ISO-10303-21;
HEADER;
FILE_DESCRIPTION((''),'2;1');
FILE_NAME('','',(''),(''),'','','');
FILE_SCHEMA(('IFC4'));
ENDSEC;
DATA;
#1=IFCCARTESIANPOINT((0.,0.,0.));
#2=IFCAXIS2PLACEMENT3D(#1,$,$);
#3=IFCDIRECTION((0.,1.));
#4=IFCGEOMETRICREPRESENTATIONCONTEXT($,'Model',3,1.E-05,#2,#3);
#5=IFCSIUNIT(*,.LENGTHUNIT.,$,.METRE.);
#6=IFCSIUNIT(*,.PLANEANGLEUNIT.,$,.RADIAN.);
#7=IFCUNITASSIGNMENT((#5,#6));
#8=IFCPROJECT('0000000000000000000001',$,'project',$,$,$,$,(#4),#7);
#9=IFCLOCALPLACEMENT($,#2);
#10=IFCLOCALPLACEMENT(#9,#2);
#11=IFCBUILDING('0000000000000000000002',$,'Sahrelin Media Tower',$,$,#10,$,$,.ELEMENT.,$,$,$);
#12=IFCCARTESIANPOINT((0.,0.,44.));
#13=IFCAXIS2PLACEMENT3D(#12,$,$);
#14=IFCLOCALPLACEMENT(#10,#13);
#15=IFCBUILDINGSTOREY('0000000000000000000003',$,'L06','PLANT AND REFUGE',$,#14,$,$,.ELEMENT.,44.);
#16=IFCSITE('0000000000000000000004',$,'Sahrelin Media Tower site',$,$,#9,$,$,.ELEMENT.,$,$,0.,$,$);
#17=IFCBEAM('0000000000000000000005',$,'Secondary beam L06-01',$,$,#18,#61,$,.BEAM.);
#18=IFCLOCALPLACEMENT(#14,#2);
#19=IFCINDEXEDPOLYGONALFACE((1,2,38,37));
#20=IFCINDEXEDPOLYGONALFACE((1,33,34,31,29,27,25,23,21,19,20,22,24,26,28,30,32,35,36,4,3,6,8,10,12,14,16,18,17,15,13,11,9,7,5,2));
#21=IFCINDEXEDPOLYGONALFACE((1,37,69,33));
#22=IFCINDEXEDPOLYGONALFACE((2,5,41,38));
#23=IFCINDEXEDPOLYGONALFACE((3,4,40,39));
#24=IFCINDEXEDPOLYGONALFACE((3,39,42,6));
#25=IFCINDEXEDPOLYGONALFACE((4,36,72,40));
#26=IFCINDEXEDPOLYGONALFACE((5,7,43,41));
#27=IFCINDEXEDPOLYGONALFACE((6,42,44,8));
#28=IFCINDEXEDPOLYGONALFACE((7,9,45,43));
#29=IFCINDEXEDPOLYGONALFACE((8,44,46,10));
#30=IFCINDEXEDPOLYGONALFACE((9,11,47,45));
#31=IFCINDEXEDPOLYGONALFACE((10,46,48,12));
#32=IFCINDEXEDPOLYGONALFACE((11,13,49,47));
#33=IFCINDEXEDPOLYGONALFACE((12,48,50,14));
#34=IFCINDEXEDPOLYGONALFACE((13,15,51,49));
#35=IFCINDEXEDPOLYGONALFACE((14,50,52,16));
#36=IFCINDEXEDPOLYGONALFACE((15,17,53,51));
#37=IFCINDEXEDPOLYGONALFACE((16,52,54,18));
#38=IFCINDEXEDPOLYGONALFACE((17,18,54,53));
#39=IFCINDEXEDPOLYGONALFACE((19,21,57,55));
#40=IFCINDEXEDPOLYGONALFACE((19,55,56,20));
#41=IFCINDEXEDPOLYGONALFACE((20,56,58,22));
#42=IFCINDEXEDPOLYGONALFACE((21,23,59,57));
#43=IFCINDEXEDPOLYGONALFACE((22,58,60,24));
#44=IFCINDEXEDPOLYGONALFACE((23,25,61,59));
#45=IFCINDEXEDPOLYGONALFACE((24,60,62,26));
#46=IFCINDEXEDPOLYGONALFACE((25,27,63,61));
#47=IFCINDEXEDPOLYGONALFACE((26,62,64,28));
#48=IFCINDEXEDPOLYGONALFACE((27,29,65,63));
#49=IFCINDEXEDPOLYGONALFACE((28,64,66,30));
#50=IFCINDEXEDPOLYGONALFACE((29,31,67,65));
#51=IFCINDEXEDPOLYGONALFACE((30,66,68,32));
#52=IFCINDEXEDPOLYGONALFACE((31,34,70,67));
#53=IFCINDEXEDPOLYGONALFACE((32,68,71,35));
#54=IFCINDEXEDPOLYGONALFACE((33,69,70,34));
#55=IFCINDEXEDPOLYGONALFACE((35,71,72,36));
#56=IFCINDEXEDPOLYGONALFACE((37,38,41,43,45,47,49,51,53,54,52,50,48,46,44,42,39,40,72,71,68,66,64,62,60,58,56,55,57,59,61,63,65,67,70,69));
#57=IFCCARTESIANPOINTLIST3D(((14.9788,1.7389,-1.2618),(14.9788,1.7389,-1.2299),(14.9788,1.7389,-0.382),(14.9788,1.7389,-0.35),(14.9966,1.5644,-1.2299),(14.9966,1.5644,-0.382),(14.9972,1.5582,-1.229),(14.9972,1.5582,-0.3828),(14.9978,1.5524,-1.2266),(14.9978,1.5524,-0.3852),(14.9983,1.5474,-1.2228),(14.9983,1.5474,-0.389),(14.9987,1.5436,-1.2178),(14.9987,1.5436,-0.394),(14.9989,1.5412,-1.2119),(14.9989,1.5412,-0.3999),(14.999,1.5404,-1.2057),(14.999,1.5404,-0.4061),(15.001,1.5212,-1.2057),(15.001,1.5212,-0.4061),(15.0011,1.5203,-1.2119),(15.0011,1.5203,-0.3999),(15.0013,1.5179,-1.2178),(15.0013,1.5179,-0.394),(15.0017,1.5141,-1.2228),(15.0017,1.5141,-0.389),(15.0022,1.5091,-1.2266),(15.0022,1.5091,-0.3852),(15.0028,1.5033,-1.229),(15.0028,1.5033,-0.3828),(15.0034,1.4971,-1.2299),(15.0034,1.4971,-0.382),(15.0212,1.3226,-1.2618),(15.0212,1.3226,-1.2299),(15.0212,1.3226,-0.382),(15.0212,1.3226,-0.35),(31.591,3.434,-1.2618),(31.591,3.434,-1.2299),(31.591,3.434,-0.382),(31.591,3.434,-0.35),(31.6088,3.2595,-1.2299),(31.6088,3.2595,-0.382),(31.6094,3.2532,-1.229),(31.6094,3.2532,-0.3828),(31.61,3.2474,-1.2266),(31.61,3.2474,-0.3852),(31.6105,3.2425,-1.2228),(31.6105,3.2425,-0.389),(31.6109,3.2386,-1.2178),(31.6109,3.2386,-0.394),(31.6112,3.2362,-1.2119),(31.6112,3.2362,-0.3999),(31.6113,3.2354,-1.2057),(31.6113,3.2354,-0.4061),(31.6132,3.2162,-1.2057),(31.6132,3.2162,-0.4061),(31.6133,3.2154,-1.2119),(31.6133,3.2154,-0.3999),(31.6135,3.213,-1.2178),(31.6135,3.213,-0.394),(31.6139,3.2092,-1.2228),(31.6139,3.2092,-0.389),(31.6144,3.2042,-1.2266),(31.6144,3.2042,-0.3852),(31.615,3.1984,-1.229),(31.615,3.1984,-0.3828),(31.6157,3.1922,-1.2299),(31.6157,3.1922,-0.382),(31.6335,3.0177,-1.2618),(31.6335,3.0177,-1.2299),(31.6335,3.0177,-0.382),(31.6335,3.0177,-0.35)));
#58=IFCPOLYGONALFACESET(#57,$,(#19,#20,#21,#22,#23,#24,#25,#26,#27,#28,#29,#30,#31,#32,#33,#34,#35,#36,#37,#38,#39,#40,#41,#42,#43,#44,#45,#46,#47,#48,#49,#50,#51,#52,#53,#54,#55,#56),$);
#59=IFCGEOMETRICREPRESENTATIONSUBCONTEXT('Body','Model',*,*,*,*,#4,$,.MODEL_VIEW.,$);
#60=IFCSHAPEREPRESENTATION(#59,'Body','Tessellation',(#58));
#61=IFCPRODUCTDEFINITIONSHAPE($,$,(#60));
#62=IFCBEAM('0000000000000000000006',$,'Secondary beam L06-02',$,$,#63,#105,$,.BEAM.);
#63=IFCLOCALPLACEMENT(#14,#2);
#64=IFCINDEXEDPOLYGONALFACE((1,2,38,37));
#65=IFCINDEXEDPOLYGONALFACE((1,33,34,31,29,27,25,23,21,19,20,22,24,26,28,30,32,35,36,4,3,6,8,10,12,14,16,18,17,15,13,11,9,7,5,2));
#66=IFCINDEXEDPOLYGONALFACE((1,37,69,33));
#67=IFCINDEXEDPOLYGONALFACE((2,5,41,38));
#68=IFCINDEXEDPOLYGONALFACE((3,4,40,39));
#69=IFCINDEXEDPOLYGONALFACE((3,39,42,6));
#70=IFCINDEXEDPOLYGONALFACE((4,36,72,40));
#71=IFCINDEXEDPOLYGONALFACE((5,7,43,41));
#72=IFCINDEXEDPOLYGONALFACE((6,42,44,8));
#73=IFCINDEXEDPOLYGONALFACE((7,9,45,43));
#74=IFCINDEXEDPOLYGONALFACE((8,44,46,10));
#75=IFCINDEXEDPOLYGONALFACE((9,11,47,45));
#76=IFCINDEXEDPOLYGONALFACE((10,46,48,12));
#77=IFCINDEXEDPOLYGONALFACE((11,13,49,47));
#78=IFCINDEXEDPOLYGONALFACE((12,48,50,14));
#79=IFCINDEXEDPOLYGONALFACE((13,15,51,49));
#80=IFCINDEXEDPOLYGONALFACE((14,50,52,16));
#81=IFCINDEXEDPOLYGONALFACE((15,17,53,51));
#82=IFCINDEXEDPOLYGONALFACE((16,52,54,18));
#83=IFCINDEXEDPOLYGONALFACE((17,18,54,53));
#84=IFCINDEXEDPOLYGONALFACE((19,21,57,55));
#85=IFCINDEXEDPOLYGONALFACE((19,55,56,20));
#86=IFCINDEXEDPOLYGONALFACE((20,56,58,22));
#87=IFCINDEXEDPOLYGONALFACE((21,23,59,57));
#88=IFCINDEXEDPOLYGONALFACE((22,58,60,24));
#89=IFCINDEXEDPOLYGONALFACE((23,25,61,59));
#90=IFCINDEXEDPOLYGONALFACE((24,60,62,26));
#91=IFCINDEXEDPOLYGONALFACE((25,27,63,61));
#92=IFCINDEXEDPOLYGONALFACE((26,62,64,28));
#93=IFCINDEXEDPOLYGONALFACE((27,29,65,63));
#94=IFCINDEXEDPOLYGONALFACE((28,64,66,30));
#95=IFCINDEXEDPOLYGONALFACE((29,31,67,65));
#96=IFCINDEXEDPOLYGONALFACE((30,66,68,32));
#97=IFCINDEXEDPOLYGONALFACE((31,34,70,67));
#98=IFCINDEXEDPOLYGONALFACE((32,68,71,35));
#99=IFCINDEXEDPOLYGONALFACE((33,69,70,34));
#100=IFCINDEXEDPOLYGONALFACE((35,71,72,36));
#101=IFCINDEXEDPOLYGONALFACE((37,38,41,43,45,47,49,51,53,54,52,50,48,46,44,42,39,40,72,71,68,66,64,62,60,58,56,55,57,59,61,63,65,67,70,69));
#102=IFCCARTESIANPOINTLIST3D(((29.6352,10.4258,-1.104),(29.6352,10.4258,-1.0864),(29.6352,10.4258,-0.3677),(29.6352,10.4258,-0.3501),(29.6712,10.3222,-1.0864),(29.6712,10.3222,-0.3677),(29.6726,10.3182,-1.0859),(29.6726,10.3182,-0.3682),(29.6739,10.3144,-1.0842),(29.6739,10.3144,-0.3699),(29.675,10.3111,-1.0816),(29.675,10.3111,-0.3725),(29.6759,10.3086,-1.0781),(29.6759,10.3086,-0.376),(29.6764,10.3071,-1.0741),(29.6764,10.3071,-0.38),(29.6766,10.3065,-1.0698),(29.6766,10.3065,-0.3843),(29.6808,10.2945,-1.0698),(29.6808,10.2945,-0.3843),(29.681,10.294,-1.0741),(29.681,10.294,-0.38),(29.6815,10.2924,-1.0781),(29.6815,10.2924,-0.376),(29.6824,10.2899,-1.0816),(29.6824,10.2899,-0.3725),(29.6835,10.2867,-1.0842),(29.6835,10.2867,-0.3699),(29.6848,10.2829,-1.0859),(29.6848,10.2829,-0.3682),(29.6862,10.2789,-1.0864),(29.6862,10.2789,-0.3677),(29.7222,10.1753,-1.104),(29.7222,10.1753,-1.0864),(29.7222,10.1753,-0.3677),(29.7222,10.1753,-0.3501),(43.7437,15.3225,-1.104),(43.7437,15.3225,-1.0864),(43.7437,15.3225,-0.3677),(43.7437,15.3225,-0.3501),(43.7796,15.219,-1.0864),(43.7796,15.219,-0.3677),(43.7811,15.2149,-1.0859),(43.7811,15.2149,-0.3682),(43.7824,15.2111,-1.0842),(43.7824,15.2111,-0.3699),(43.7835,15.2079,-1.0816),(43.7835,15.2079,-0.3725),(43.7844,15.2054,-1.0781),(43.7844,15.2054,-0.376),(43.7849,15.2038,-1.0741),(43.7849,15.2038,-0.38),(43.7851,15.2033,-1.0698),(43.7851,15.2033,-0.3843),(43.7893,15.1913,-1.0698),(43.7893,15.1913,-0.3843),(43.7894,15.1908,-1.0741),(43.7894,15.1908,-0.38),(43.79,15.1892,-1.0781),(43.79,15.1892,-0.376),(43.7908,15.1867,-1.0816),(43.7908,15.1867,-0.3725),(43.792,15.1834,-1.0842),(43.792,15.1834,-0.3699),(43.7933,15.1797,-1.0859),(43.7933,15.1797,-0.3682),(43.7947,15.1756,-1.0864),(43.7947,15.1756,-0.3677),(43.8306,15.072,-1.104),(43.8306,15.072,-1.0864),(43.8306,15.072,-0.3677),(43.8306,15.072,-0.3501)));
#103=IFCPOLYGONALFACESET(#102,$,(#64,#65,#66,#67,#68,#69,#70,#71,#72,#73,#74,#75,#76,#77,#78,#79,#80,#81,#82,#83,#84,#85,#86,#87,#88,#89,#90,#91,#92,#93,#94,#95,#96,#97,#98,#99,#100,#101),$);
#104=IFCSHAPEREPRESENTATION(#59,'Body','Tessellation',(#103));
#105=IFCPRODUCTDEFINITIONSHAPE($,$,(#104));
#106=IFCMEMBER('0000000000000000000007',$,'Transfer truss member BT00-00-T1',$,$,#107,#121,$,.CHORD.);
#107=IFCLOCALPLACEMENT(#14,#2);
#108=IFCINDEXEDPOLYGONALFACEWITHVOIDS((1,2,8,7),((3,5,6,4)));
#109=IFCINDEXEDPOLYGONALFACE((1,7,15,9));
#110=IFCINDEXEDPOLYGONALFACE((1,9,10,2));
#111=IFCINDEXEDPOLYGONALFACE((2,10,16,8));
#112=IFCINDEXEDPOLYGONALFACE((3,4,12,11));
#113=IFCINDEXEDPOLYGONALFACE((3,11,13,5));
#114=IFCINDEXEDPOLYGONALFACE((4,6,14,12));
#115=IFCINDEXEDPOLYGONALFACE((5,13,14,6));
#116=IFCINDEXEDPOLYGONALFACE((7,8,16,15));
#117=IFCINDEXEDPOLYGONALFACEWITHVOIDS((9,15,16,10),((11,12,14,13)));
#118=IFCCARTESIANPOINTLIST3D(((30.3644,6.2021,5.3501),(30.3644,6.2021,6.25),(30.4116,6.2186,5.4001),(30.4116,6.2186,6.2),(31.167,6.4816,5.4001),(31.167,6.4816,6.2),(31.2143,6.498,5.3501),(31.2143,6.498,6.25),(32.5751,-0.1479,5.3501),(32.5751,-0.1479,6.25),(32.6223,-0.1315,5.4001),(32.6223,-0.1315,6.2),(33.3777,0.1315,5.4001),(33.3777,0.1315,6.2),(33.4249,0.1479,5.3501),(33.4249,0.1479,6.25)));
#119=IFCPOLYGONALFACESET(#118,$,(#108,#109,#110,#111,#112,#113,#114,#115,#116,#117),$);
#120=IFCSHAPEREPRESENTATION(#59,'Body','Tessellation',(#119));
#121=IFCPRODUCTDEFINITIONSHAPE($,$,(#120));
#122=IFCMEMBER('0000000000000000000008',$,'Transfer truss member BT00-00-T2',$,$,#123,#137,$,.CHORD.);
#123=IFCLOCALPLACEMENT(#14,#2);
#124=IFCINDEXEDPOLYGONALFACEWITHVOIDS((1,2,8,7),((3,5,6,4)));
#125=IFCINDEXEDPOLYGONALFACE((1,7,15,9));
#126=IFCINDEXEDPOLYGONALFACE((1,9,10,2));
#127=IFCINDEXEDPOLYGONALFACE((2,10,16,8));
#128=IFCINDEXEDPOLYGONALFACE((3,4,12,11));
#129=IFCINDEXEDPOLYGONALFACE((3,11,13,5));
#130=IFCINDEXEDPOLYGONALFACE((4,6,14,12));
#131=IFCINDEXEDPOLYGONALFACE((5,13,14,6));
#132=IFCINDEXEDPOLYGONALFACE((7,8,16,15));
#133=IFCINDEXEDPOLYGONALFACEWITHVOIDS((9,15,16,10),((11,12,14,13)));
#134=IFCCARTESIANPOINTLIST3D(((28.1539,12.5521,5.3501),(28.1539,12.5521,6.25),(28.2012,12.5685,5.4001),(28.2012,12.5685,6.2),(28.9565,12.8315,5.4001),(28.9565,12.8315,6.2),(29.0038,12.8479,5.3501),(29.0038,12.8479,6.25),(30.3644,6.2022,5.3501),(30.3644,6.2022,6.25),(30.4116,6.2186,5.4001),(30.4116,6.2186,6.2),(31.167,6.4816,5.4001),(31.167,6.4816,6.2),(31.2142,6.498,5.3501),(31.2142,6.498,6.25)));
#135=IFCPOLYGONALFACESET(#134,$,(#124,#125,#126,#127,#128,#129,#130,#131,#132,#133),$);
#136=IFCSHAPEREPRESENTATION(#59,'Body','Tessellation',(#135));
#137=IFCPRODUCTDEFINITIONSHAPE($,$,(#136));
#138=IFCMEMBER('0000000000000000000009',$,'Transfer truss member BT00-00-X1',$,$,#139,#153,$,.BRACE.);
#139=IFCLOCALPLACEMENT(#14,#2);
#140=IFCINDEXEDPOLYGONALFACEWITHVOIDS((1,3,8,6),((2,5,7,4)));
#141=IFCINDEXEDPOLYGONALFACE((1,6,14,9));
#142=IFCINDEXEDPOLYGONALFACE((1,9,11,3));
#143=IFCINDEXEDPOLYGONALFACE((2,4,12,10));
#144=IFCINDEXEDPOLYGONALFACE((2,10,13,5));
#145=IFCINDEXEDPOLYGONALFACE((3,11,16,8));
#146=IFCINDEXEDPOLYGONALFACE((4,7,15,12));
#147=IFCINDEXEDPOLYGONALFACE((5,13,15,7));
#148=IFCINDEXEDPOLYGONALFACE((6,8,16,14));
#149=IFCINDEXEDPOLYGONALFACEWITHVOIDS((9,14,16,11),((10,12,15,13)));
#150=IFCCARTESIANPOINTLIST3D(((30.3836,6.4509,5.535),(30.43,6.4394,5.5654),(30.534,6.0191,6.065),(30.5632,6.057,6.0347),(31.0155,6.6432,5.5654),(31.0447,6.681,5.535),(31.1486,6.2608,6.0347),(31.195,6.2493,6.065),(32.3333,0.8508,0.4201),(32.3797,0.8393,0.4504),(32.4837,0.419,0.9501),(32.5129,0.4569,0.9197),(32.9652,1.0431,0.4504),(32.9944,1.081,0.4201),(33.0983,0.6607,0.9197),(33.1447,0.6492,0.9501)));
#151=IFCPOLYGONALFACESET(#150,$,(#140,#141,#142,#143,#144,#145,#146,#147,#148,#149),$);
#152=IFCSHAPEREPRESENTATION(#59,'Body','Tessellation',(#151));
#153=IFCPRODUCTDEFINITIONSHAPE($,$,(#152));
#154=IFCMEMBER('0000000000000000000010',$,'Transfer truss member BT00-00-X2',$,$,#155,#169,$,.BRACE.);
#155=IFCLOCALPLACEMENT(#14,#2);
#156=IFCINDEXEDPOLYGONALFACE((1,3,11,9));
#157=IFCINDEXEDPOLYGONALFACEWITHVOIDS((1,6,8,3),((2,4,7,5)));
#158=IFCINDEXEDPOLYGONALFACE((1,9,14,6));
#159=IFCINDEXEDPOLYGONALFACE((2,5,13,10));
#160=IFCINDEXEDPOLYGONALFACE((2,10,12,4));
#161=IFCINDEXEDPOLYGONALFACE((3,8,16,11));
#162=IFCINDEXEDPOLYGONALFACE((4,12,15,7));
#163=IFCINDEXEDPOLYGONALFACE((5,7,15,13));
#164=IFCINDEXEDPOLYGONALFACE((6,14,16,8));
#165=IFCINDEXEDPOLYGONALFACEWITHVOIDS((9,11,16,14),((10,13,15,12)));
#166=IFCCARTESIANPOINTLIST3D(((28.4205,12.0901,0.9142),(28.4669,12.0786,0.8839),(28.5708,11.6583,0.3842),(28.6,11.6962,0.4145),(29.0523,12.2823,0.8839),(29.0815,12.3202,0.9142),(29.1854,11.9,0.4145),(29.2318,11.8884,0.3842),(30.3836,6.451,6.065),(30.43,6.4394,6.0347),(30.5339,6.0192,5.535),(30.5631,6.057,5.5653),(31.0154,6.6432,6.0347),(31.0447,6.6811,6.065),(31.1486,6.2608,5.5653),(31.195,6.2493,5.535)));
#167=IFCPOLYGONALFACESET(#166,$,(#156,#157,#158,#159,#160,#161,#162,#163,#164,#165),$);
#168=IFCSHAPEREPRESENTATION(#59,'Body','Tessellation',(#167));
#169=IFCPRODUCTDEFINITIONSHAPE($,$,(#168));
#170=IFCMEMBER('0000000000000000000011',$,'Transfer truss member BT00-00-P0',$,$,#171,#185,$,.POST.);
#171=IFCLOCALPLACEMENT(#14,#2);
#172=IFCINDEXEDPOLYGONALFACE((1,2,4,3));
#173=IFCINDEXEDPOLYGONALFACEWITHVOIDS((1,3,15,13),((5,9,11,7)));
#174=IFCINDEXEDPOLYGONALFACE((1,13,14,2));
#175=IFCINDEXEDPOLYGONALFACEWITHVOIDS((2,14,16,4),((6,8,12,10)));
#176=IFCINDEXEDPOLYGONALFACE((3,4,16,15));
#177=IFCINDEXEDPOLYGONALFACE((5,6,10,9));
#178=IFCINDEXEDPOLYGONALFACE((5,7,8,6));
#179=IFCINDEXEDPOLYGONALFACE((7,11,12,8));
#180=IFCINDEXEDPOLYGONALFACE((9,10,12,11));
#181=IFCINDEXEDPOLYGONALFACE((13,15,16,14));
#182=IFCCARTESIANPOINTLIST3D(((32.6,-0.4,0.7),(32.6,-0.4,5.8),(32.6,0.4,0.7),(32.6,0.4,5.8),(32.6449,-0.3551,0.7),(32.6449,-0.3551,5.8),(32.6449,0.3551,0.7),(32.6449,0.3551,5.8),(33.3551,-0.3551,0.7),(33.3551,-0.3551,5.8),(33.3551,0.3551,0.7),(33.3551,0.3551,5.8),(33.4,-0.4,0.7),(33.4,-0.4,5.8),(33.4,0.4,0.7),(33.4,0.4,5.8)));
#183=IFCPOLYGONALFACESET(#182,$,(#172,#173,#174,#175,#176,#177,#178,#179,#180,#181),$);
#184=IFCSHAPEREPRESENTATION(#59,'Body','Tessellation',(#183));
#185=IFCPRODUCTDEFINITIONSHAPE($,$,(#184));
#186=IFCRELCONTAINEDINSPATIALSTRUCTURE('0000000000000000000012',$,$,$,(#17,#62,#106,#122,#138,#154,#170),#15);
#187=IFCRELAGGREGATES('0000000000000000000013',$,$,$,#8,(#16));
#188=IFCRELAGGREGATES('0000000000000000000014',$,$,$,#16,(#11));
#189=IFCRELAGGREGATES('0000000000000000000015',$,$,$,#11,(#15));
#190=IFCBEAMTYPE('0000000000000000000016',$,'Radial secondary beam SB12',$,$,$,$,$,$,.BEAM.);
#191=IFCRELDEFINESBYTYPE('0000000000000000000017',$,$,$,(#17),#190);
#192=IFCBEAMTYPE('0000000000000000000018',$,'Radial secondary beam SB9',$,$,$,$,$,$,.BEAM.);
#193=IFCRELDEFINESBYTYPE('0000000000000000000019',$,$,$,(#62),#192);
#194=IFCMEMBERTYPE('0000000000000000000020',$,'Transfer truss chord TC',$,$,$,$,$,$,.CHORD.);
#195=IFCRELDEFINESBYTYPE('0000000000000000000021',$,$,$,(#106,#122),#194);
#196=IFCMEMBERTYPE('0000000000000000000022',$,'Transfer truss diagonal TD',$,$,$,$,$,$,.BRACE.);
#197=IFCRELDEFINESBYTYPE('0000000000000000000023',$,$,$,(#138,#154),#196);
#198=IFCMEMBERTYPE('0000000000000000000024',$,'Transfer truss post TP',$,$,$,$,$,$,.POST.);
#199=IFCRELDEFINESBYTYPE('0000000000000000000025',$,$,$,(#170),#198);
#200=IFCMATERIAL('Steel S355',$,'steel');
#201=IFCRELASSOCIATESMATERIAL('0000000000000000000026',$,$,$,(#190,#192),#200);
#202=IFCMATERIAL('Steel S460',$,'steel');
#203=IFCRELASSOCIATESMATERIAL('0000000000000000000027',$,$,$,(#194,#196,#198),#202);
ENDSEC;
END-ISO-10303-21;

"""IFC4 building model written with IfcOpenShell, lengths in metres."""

from ifc_helpers import new_model, si_unit, direction, frame, origin, origin_2d, place, context, subcontext, project, spatial, hollow_rectangle, i_section, extrude, material, material_profile, profile_set, type_object, element, save


model = new_model("IFC4")

# Units and contexts
model_context = context("Model", 3, precision=1e-05, world=origin(), true_north=direction((0.0, 1.0)))
body_context = subcontext(model_context, "Body", "Model", "MODEL_VIEW")
ifc_project = project(units=[si_unit("LENGTHUNIT", "METRE"), si_unit("PLANEANGLEUNIT", "RADIAN")], contexts=[model_context])

# Site, building, storey
site_placement = place(None, origin())
site = spatial("IfcSite", under=ifc_project, at=site_placement, Name="Sahrelin Media Tower site", CompositionType="ELEMENT", RefElevation=0.0)
building_placement = place(site_placement, origin())
building = spatial("IfcBuilding", under=site, at=building_placement, Name="Sahrelin Media Tower", CompositionType="ELEMENT")
storey_placement = place(building_placement, frame((0.0, 0.0, 44.0)))
storey = spatial("IfcBuildingStorey", under=building, at=storey_placement, Name="L06", Description="PLANT AND REFUGE", CompositionType="ELEMENT", Elevation=44.0)

# Shared definitions
ifc_material_1 = material(Name="Steel S460", Category="steel")

# Beams
ifc_material_2 = material(Name="Steel S355", Category="steel")
ifc_material_profile_1 = material_profile(ifc_material_2, i_section(OverallWidth=0.4185, OverallDepth=0.9119, WebThickness=0.0193, FlangeThickness=0.032, FilletRadius=0.0242, at=origin_2d()), Name="UB 914x419x343")
ifc_profile_set_1 = profile_set([ifc_material_profile_1], Name="Steel S355")
beam_type_1 = type_object("IfcBeamType", Name="Radial secondary beam SB12", PredefinedType="BEAM", material=ifc_profile_set_1)
beam_1_placement = place(storey_placement, frame((15.0, 1.5308, -0.8059), z_axis=(0.994835, 0.10151, 0.0), x_axis=(-0.10151, 0.994835, 0.0)))
element("IfcBeam", 1, at=beam_1_placement, inside=storey, type_object=beam_type_1, Name="Secondary beam L06-01", PredefinedType="BEAM", context=body_context, shape_type="SweptSolid", body=[
    extrude(i_section(OverallWidth=0.4185, OverallDepth=0.9119, WebThickness=0.0193, FlangeThickness=0.032, FilletRadius=0.0242, at=origin_2d()), origin(), (0.0, 0.0, 1.0), 16.6985),
])
ifc_material_profile_2 = material_profile(ifc_material_2, i_section(OverallWidth=0.2651, OverallDepth=0.7539, WebThickness=0.0127, FlangeThickness=0.0176, FilletRadius=0.0166, at=origin_2d()), Name="UB 762x267x147")
ifc_profile_set_2 = profile_set([ifc_material_profile_2], Name="Steel S355")
beam_type_2 = type_object("IfcBeamType", Name="Radial secondary beam SB9", PredefinedType="BEAM", material=ifc_profile_set_2)
beam_2_placement = place(storey_placement, frame((29.6787, 10.3005, -0.7271), z_axis=(0.944716, 0.327891, 0.0), x_axis=(-0.327891, 0.944716, 0.0)))
element("IfcBeam", 2, at=beam_2_placement, inside=storey, type_object=beam_type_2, Name="Secondary beam L06-02", PredefinedType="BEAM", context=body_context, shape_type="SweptSolid", body=[
    extrude(i_section(OverallWidth=0.2651, OverallDepth=0.7539, WebThickness=0.0127, FlangeThickness=0.0176, FilletRadius=0.0166, at=origin_2d()), origin(), (0.0, 0.0, 1.0), 14.9341),
])

# Members
ifc_material_profile_3 = material_profile(ifc_material_1, hollow_rectangle(XDim=0.8999, YDim=0.8999, WallThickness=0.05, at=origin_2d()), Name="Transfer truss chord TC")
ifc_profile_set_3 = profile_set([ifc_material_profile_3], Name="Steel S460")
member_type_1 = type_object("IfcMemberType", Name="Transfer truss chord TC", PredefinedType="CHORD", material=ifc_profile_set_3)
member_1_placement = place(storey_placement, frame((33.0, 0.0, 5.8), z_axis=(-0.328781, 0.944406, 0.0), x_axis=(-0.944406, -0.328781, 0.0)))
element("IfcMember", 3, at=member_1_placement, inside=storey, type_object=member_type_1, Name="Transfer truss member BT00-00-T1", PredefinedType="CHORD", context=body_context, shape_type="SweptSolid", body=[
    extrude(hollow_rectangle(XDim=0.8999, YDim=0.8999, WallThickness=0.05, at=origin_2d()), origin(), (0.0, 0.0, 1.0), 6.7239),
])
member_2_placement = place(storey_placement, frame((30.7893, 6.3501, 5.8), z_axis=(-0.32876, 0.944413, 0.0), x_axis=(-0.944413, -0.32876, 0.0)))
element("IfcMember", 4, at=member_2_placement, inside=storey, type_object=member_type_1, Name="Transfer truss member BT00-00-T2", PredefinedType="CHORD", context=body_context, shape_type="SweptSolid", body=[
    extrude(hollow_rectangle(XDim=0.8999, YDim=0.8999, WallThickness=0.05, at=origin_2d()), origin(), (0.0, 0.0, 1.0), 6.7236),
])
ifc_material_profile_4 = material_profile(ifc_material_1, hollow_rectangle(XDim=0.7, YDim=0.7, WallThickness=0.04, at=origin_2d()), Name="Transfer truss diagonal TD")
ifc_profile_set_4 = profile_set([ifc_material_profile_4], Name="Steel S460")
member_type_2 = type_object("IfcMemberType", Name="Transfer truss diagonal TD", PredefinedType="BRACE", material=ifc_profile_set_4)
member_3_placement = place(storey_placement, frame((32.739, 0.75, 0.6851), z_axis=(-0.248971, 0.715113, 0.653167), x_axis=(-0.9444, -0.328798, 0.0)))
element("IfcMember", 5, at=member_3_placement, inside=storey, type_object=member_type_2, Name="Transfer truss member BT00-00-X1", PredefinedType="BRACE", context=body_context, shape_type="SweptSolid", body=[
    extrude(hollow_rectangle(XDim=0.7, YDim=0.7, WallThickness=0.04, at=origin_2d()), origin(), (0.0, 0.0, 1.0), 7.8311),
])
member_4_placement = place(storey_placement, frame((28.8262, 11.9893, 0.6492), z_axis=(0.248946, -0.715105, 0.653185), x_axis=(0.944409, 0.328773, 0.0)))
element("IfcMember", 6, at=member_4_placement, inside=storey, type_object=member_type_2, Name="Transfer truss member BT00-00-X2", PredefinedType="BRACE", context=body_context, shape_type="SweptSolid", body=[
    extrude(hollow_rectangle(XDim=0.7, YDim=0.7, WallThickness=0.04, at=origin_2d()), origin(), (0.0, 0.0, 1.0), 7.8857),
])
ifc_material_profile_5 = material_profile(ifc_material_1, hollow_rectangle(XDim=0.8, YDim=0.8, WallThickness=0.0449, at=origin_2d()), Name="Transfer truss post TP")
ifc_profile_set_5 = profile_set([ifc_material_profile_5], Name="Steel S460")
member_type_3 = type_object("IfcMemberType", Name="Transfer truss post TP", PredefinedType="POST", material=ifc_profile_set_5)
member_5_placement = place(storey_placement, frame((33.0, 0.0, 0.7), z_axis=(0.0, 0.0, 1.0), x_axis=(1.0, 0.0, 0.0)))
element("IfcMember", 7, at=member_5_placement, inside=storey, type_object=member_type_3, Name="Transfer truss member BT00-00-P0", PredefinedType="POST", context=body_context, shape_type="SweptSolid", body=[
    extrude(hollow_rectangle(XDim=0.8, YDim=0.8, WallThickness=0.0449, at=origin_2d()), origin(), (0.0, 0.0, 1.0), 5.1001),
])

save(model, "model.ifc")
